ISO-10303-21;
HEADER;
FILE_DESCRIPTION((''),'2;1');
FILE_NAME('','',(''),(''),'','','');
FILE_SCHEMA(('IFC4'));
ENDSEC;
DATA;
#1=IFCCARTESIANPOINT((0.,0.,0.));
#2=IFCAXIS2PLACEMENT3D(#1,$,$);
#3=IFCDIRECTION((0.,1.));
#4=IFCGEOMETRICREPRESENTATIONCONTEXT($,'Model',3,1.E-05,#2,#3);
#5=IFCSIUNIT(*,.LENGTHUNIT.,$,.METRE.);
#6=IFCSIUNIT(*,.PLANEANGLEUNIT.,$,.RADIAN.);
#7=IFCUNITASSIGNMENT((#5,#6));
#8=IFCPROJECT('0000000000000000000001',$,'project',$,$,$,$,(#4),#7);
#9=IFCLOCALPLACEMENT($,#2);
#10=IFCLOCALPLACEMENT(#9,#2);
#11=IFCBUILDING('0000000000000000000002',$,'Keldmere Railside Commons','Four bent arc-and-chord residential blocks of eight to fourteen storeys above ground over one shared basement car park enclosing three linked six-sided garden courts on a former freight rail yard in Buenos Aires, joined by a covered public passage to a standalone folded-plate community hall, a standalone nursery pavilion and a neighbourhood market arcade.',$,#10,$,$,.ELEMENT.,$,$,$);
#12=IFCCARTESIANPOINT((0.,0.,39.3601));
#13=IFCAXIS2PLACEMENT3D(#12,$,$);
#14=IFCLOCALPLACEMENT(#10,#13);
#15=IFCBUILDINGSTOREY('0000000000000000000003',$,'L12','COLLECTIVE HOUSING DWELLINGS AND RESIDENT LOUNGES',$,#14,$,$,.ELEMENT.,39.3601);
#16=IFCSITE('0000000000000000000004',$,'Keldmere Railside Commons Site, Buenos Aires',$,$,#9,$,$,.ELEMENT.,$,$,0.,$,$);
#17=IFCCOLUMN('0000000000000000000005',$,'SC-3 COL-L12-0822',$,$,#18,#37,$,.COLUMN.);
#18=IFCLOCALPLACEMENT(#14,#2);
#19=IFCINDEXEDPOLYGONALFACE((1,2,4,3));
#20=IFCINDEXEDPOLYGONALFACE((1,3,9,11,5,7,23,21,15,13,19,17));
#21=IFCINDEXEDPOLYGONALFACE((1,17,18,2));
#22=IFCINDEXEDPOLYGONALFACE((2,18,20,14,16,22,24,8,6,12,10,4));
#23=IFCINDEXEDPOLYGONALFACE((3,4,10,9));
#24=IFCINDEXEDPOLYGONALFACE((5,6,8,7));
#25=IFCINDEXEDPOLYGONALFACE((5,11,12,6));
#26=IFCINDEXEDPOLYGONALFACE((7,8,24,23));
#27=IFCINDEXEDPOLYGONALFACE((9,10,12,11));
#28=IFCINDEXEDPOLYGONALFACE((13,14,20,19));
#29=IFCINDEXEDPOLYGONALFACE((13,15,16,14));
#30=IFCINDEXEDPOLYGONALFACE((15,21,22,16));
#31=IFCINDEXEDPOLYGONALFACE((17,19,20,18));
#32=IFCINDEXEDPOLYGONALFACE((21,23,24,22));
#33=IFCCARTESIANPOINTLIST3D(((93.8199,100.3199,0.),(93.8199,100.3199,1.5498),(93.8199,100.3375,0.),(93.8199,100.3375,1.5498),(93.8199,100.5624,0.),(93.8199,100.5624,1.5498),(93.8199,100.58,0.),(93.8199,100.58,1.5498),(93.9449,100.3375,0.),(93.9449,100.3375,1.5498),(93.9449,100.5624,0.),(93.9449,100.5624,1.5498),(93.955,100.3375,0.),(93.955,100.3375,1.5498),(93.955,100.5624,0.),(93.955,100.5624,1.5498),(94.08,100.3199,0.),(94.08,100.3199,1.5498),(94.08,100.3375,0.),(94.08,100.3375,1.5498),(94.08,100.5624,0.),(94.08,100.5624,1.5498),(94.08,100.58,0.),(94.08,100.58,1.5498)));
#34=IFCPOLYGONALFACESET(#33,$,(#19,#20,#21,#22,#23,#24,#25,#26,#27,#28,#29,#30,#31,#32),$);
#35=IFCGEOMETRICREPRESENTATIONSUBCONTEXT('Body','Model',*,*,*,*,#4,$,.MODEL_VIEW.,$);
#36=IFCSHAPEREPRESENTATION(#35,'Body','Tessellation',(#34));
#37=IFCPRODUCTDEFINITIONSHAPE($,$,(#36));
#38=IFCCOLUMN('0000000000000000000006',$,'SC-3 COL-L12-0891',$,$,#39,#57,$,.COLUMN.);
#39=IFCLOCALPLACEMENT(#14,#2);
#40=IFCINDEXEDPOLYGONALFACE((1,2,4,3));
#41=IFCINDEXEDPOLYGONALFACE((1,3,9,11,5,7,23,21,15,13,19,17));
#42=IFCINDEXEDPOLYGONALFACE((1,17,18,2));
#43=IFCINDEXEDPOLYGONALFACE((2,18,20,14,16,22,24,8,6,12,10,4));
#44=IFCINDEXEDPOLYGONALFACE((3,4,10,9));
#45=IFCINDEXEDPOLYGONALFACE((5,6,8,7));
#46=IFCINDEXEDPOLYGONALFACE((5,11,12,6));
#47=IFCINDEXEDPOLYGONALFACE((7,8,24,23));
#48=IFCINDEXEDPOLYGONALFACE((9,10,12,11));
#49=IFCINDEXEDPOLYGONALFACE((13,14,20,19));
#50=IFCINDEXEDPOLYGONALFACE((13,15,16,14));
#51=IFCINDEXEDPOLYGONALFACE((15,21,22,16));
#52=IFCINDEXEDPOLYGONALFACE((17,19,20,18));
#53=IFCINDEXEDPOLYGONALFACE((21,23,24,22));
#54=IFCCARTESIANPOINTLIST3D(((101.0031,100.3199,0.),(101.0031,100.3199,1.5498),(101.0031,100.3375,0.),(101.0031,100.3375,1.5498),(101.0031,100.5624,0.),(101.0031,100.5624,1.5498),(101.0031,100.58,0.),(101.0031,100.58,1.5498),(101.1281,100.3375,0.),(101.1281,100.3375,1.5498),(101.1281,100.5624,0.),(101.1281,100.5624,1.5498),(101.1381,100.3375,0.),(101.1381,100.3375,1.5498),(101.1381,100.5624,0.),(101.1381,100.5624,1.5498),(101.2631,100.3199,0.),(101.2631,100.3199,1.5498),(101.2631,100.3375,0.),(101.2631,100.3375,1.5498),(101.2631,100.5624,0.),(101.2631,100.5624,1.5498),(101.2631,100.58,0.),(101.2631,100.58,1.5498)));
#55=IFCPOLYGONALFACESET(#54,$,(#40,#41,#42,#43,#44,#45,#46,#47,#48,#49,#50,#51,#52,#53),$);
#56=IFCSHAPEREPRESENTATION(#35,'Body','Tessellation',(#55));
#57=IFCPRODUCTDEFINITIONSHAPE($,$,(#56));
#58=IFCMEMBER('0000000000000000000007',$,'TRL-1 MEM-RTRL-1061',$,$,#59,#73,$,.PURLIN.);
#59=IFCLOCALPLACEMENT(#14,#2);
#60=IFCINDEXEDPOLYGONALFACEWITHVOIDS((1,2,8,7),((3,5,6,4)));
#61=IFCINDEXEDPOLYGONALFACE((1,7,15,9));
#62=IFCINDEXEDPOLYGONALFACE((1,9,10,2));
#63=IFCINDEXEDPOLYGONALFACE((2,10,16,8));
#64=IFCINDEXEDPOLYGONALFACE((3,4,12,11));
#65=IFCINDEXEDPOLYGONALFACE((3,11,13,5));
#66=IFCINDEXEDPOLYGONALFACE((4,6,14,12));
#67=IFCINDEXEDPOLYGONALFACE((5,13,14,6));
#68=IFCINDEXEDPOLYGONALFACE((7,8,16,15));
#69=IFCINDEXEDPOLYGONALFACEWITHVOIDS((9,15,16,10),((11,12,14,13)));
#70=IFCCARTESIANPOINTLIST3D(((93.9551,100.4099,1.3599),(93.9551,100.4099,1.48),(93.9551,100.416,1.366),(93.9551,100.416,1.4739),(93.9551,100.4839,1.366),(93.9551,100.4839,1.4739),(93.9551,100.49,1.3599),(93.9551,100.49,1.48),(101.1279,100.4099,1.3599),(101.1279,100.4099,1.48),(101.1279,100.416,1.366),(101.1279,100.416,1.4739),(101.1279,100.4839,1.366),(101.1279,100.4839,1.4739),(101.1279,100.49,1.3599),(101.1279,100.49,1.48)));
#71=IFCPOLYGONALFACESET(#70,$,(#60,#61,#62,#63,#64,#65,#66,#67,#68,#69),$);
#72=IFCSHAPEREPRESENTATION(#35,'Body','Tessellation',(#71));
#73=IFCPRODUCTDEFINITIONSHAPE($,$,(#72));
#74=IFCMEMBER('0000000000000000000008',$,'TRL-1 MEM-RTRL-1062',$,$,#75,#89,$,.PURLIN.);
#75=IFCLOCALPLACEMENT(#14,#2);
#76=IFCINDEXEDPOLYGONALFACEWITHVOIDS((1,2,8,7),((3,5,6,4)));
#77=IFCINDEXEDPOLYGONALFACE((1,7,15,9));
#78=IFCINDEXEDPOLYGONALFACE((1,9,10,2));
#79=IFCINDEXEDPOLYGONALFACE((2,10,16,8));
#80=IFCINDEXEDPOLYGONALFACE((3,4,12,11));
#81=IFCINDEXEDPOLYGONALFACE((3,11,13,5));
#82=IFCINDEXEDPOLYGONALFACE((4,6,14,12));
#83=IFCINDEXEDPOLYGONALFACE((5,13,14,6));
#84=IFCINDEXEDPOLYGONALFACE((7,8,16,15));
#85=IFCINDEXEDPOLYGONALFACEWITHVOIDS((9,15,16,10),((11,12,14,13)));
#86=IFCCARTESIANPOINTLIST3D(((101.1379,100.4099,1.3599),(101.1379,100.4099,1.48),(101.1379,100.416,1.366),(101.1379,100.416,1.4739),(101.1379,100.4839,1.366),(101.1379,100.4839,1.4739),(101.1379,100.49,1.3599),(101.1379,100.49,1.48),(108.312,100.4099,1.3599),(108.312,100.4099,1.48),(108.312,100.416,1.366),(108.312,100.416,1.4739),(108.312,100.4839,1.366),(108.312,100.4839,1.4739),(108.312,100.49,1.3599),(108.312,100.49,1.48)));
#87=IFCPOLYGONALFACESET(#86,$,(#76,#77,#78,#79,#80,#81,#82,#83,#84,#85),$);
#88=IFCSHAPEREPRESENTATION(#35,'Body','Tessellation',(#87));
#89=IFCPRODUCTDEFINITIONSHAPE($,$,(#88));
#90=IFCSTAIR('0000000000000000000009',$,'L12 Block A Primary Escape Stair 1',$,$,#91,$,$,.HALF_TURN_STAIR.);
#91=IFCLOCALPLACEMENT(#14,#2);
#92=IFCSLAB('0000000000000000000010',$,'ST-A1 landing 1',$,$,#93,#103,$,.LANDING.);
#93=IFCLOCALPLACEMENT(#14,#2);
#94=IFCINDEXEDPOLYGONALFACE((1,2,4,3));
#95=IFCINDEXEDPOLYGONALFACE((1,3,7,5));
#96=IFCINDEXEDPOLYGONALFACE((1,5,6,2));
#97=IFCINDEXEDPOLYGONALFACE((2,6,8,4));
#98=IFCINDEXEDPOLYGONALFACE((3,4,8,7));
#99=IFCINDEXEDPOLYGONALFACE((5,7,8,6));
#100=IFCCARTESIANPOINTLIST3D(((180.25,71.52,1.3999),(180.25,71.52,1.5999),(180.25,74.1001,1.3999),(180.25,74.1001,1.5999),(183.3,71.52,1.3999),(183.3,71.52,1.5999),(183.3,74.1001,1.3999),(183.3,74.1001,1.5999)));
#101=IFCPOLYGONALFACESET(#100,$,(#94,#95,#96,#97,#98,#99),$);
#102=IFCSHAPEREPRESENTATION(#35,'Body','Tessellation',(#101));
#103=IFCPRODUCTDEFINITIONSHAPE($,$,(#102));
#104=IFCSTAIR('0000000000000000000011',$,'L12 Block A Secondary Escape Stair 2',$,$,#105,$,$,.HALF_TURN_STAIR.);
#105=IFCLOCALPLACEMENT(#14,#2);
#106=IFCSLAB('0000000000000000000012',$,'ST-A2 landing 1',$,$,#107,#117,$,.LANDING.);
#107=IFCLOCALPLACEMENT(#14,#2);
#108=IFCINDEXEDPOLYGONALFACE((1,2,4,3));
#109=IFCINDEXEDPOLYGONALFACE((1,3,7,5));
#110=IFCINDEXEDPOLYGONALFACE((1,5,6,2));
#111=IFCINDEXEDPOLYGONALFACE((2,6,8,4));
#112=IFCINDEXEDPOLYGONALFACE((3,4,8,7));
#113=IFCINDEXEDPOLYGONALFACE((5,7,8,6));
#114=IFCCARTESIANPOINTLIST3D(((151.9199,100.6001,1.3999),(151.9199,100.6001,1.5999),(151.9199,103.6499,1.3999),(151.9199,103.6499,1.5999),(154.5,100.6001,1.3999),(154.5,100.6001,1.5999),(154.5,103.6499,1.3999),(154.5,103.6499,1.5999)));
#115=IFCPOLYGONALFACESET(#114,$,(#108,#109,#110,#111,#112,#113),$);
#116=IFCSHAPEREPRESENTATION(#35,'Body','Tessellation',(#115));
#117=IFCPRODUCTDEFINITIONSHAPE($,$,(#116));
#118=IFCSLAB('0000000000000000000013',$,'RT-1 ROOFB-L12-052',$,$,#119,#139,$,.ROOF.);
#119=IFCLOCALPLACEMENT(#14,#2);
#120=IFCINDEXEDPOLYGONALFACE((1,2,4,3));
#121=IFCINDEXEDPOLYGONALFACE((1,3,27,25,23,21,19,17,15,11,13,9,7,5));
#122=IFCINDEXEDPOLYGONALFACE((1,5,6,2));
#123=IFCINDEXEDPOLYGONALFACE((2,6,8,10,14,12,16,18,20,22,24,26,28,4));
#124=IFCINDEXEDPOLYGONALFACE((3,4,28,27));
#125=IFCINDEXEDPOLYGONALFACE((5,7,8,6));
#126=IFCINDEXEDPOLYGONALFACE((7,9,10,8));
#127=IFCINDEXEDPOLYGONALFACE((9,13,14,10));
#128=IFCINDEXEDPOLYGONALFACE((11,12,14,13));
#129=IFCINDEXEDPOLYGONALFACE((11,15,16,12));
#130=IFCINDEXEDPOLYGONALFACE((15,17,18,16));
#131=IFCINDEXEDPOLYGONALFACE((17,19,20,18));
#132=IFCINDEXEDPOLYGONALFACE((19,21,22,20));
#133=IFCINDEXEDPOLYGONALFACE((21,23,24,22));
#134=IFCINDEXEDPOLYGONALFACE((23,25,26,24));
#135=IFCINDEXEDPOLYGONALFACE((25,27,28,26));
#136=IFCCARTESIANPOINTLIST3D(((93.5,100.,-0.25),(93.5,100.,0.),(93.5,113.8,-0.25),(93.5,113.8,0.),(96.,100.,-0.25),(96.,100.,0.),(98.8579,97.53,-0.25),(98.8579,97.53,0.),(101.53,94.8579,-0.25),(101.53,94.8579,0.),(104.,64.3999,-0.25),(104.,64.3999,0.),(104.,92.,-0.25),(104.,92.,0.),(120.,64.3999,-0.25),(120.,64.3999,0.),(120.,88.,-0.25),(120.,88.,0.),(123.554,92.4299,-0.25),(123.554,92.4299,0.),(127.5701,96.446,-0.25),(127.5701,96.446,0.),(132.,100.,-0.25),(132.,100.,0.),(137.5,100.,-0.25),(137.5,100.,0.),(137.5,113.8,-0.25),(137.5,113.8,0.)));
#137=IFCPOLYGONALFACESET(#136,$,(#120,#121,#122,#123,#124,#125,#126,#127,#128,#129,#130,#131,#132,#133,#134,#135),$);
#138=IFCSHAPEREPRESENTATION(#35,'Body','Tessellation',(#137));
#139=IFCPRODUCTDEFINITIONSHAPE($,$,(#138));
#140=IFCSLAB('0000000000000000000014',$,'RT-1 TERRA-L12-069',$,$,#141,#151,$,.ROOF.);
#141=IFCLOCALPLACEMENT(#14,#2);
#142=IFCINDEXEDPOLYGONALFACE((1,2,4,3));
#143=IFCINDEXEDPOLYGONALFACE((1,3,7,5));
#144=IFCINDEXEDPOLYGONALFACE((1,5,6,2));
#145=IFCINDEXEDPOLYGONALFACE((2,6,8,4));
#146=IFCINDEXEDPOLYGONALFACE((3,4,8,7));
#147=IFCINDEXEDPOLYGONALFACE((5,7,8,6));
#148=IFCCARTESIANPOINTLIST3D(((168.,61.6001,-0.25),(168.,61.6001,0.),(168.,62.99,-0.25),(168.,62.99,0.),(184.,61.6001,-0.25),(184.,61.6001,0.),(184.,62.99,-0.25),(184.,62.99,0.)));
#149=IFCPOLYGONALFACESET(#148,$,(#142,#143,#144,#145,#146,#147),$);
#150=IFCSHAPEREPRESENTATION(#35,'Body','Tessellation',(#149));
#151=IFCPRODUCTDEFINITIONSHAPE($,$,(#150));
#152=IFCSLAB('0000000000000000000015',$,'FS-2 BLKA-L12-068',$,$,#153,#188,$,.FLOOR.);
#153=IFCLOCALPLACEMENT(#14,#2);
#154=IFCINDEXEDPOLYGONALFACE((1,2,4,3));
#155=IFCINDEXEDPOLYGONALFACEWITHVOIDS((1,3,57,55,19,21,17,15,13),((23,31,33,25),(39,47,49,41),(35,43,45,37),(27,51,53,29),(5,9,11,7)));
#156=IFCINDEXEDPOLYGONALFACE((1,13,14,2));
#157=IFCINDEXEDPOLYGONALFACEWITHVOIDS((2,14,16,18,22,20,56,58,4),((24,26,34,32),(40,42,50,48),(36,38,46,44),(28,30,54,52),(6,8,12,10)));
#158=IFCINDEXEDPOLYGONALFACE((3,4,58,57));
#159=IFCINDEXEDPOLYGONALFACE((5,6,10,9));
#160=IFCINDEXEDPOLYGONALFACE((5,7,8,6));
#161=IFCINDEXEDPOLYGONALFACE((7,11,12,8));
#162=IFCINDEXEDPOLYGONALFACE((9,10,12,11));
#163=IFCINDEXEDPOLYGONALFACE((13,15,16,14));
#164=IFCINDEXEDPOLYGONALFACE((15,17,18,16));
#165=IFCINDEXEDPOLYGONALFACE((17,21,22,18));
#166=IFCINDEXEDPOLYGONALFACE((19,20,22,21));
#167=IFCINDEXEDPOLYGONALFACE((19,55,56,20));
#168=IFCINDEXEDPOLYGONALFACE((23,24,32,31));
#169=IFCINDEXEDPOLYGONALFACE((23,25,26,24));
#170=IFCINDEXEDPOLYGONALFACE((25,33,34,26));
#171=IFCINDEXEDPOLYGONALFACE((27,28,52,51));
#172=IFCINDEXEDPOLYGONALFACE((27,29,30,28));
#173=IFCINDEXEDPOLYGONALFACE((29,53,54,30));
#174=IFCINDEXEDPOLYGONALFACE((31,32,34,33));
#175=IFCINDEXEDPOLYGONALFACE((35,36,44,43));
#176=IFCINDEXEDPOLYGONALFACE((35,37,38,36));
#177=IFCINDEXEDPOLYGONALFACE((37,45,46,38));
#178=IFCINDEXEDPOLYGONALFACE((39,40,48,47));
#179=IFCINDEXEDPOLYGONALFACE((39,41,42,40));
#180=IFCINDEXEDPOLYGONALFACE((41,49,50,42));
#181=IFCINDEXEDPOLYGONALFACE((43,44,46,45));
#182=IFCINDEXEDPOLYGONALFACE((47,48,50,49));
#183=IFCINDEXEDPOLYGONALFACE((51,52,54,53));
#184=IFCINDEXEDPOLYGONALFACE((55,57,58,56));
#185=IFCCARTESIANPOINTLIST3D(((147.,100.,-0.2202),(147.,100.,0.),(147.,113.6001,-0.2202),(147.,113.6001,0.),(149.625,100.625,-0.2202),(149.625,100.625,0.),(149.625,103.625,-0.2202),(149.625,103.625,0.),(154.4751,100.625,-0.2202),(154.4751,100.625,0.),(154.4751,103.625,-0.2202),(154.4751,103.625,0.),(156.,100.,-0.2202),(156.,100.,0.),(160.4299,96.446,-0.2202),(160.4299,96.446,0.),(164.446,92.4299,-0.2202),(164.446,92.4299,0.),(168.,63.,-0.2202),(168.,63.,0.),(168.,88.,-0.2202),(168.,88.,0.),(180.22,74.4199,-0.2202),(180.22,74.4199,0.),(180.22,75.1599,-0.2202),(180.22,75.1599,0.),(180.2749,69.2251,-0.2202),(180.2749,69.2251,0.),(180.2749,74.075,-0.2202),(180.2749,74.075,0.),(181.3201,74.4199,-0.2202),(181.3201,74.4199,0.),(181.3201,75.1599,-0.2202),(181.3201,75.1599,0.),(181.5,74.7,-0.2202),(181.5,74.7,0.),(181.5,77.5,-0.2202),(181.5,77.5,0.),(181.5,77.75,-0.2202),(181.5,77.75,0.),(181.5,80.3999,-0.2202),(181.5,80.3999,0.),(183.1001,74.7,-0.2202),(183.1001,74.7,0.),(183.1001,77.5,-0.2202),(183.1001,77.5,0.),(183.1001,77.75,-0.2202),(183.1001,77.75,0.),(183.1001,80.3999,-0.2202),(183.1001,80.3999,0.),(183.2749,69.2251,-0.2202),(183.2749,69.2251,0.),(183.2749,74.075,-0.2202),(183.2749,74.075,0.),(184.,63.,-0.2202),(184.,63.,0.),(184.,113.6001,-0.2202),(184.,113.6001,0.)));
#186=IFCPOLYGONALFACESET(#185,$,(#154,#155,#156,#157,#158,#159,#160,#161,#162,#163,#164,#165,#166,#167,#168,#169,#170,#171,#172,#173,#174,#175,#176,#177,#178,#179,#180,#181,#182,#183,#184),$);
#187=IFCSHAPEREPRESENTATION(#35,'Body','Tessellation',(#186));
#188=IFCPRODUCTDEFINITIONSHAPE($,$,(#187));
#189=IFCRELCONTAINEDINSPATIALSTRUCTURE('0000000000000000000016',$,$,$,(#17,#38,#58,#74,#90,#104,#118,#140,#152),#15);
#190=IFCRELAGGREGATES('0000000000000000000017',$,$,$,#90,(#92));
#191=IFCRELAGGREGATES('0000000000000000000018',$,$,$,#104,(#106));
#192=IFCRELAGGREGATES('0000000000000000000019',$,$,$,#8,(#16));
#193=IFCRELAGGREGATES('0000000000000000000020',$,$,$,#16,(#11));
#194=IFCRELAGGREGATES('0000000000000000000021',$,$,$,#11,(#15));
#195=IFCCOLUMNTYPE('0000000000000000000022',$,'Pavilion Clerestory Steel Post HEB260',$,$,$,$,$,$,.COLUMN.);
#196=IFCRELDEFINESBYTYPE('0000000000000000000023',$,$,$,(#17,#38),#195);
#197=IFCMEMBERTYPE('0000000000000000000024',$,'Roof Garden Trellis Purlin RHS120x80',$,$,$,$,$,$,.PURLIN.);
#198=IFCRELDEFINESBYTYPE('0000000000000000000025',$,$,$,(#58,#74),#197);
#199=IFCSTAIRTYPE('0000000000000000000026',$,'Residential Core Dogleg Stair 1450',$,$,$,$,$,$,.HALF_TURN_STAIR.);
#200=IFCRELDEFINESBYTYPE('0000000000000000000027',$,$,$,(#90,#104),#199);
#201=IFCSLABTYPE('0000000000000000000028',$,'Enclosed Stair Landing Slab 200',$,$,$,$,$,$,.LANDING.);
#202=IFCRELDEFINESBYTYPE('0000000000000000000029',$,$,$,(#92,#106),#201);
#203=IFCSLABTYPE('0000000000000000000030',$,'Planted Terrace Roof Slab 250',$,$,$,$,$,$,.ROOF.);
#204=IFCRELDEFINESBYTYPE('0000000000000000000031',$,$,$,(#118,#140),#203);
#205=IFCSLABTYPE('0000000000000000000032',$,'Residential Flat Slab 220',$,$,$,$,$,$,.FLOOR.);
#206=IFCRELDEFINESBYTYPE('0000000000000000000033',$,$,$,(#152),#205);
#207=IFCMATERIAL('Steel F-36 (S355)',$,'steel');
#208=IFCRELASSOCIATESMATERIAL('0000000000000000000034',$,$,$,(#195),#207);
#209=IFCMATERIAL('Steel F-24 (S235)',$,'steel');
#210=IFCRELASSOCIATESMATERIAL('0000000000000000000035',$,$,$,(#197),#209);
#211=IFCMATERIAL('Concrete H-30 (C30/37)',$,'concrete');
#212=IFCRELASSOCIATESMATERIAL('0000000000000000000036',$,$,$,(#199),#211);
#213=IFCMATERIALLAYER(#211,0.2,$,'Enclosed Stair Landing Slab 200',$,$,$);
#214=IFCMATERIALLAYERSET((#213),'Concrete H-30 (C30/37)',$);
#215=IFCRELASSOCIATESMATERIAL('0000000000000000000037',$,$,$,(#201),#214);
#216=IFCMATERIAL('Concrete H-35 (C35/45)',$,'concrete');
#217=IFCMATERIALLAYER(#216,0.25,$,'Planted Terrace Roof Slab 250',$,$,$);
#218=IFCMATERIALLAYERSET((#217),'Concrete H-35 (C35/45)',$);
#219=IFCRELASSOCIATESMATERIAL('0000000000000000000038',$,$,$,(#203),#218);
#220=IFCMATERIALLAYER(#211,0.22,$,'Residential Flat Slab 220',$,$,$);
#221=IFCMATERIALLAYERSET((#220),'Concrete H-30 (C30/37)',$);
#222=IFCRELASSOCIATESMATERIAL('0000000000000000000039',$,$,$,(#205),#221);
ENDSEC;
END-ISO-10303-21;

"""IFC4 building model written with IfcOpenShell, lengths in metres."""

from ifc_helpers import new_model, si_unit, direction, frame, origin, origin_2d, place, context, subcontext, project, spatial, polyline, hollow_rectangle, i_section, outline, extrude, material, layer, layer_set, material_profile, profile_set, type_object, element, aggregate, save


model = new_model("IFC4")

# Units and contexts
model_context = context("Model", 3, precision=1e-05, world=origin(), true_north=direction((0.0, 1.0)))
body_context = subcontext(model_context, "Body", "Model", "MODEL_VIEW")
ifc_project = project(units=[si_unit("LENGTHUNIT", "METRE"), si_unit("PLANEANGLEUNIT", "RADIAN")], contexts=[model_context])

# Site, building, storey
site_placement = place(None, origin())
site = spatial("IfcSite", under=ifc_project, at=site_placement, Name="Keldmere Railside Commons Site, Buenos Aires", CompositionType="ELEMENT", RefElevation=0.0)
building_placement = place(site_placement, origin())
building = spatial("IfcBuilding", under=site, at=building_placement, Name="Keldmere Railside Commons", Description="Four bent arc-and-chord residential blocks of eight to fourteen storeys above ground over one shared basement car park enclosing three linked six-sided garden courts on a former freight rail yard in Buenos Aires, joined by a covered public passage to a standalone folded-plate community hall, a standalone nursery pavilion and a neighbourhood market arcade.", CompositionType="ELEMENT")
storey_placement = place(building_placement, frame((0.0, 0.0, 39.3601)))
storey = spatial("IfcBuildingStorey", under=building, at=storey_placement, Name="L12", Description="COLLECTIVE HOUSING DWELLINGS AND RESIDENT LOUNGES", CompositionType="ELEMENT", Elevation=39.3601)

# Columns
ifc_material_1 = material(Name="Steel F-36 (S355)", Category="steel")
ifc_material_profile_1 = material_profile(ifc_material_1, i_section(OverallWidth=0.26, OverallDepth=0.26, WebThickness=0.01, FlangeThickness=0.0176, at=origin_2d()), Name="HEB-260")
ifc_profile_set_1 = profile_set([ifc_material_profile_1], Name="Steel F-36 (S355)")
column_type = type_object("IfcColumnType", Name="Pavilion Clerestory Steel Post HEB260", PredefinedType="COLUMN", material=ifc_profile_set_1)
for number, where, z_axis, x_axis, name in (
    (1, (93.95, 100.45, 0.0), (0.0, 0.0, 1.0), (1.0, 0.0, 0.0), "SC-3 COL-L12-0822"),
    (2, (101.1331, 100.45, 0.0), (0.0, 0.0, 1.0), (1.0, 0.0, 0.0), "SC-3 COL-L12-0891"),
):
    element("IfcColumn", number, at=place(storey_placement, frame(where, z_axis=z_axis, x_axis=x_axis)), inside=storey, type_object=column_type, Name=name, PredefinedType="COLUMN", context=body_context, shape_type="SweptSolid", body=[
        extrude(i_section(OverallWidth=0.26, OverallDepth=0.26, WebThickness=0.01, FlangeThickness=0.0176, at=origin_2d()), origin(), (0.0, 0.0, 1.0), 1.5498),
    ])

# Members
ifc_material_2 = material(Name="Steel F-24 (S235)", Category="steel")
ifc_material_profile_2 = material_profile(ifc_material_2, hollow_rectangle(XDim=0.0801, YDim=0.1201, WallThickness=0.0061, at=origin_2d()), Name="RHS-120x80x6")
ifc_profile_set_2 = profile_set([ifc_material_profile_2], Name="Steel F-24 (S235)")
member_type = type_object("IfcMemberType", Name="Roof Garden Trellis Purlin RHS120x80", PredefinedType="PURLIN", material=ifc_profile_set_2)
member_1_placement = place(storey_placement, frame((93.9551, 100.45, 1.4199), z_axis=(1.0, 0.0, 0.0), x_axis=(0.0, 1.0, 0.0)))
element("IfcMember", 3, at=member_1_placement, inside=storey, type_object=member_type, Name="TRL-1 MEM-RTRL-1061", PredefinedType="PURLIN", context=body_context, shape_type="SweptSolid", body=[
    extrude(hollow_rectangle(XDim=0.0801, YDim=0.1201, WallThickness=0.0061, at=origin_2d()), origin(), (0.0, 0.0, 1.0), 7.1729),
])
member_2_placement = place(storey_placement, frame((101.1379, 100.45, 1.4199), z_axis=(1.0, 0.0, 0.0), x_axis=(0.0, 1.0, 0.0)))
element("IfcMember", 4, at=member_2_placement, inside=storey, type_object=member_type, Name="TRL-1 MEM-RTRL-1062", PredefinedType="PURLIN", context=body_context, shape_type="SweptSolid", body=[
    extrude(hollow_rectangle(XDim=0.0801, YDim=0.1201, WallThickness=0.0061, at=origin_2d()), origin(), (0.0, 0.0, 1.0), 7.1741),
])

# Stairs, slabs
ifc_material_3 = material(Name="Concrete H-30 (C30/37)", Category="concrete")
stair_type = type_object("IfcStairType", Name="Residential Core Dogleg Stair 1450", PredefinedType="HALF_TURN_STAIR", material=ifc_material_3)
stair_1_placement = place(storey_placement, origin())
stair_1 = element("IfcStair", 5, at=stair_1_placement, inside=storey, type_object=stair_type, Name="L12 Block A Primary Escape Stair 1", PredefinedType="HALF_TURN_STAIR")
ifc_layer_1 = layer(ifc_material_3, 0.2, Name="Enclosed Stair Landing Slab 200")
ifc_layer_set_1 = layer_set([ifc_layer_1], Name="Concrete H-30 (C30/37)")
slab_type_1 = type_object("IfcSlabType", Name="Enclosed Stair Landing Slab 200", PredefinedType="LANDING", material=ifc_layer_set_1)
slab_1_placement = place(storey_placement, frame((0.0, 0.0, 1.3999)))
slab_1 = element("IfcSlab", 6, at=slab_1_placement, type_object=slab_type_1, Name="ST-A1 landing 1", PredefinedType="LANDING", context=body_context, shape_type="SweptSolid", body=[
    extrude(outline(polyline([(183.3, 71.52), (183.3, 74.1001), (180.25, 74.1001), (180.25, 71.52), (183.3, 71.52)])), origin(), (0.0, 0.0, 1.0), 0.2),
])
aggregate(stair_1, [slab_1])
stair_2_placement = place(storey_placement, origin())
stair_2 = element("IfcStair", 7, at=stair_2_placement, inside=storey, type_object=stair_type, Name="L12 Block A Secondary Escape Stair 2", PredefinedType="HALF_TURN_STAIR")
slab_2_placement = place(storey_placement, frame((0.0, 0.0, 1.3999)))
slab_2 = element("IfcSlab", 8, at=slab_2_placement, type_object=slab_type_1, Name="ST-A2 landing 1", PredefinedType="LANDING", context=body_context, shape_type="SweptSolid", body=[
    extrude(outline(polyline([(151.9199, 100.6001), (154.5, 100.6001), (154.5, 103.6499), (151.9199, 103.6499), (151.9199, 100.6001)])), origin(), (0.0, 0.0, 1.0), 0.2),
])
aggregate(stair_2, [slab_2])

# Slabs
ifc_material_4 = material(Name="Concrete H-35 (C35/45)", Category="concrete")
ifc_layer_2 = layer(ifc_material_4, 0.25, Name="Planted Terrace Roof Slab 250")
ifc_layer_set_2 = layer_set([ifc_layer_2], Name="Concrete H-35 (C35/45)")
slab_type_2 = type_object("IfcSlabType", Name="Planted Terrace Roof Slab 250", PredefinedType="ROOF", material=ifc_layer_set_2)
slab_3_placement = place(storey_placement, frame((0.0, 0.0, -0.25)))
element("IfcSlab", 9, at=slab_3_placement, inside=storey, type_object=slab_type_2, Name="RT-1 ROOFB-L12-052", PredefinedType="ROOF", context=body_context, shape_type="SweptSolid", body=[
    extrude(outline(polyline([(104.0, 64.3999), (120.0, 64.3999), (120.0, 88.0), (123.554, 92.4299), (127.5701, 96.446), (132.0, 100.0), (137.5, 100.0), (137.5, 113.8), (93.5, 113.8), (93.5, 100.0), (96.0, 100.0), (98.8579, 97.53), (101.53, 94.8579), (104.0, 92.0), (104.0, 64.3999)])), origin(), (0.0, 0.0, 1.0), 0.25),
])
slab_4_placement = place(storey_placement, frame((0.0, 0.0, -0.25)))
element("IfcSlab", 10, at=slab_4_placement, inside=storey, type_object=slab_type_2, Name="RT-1 TERRA-L12-069", PredefinedType="ROOF", context=body_context, shape_type="SweptSolid", body=[
    extrude(outline(polyline([(184.0, 61.6001), (184.0, 62.99), (168.0, 62.99), (168.0, 61.6001), (184.0, 61.6001)])), origin(), (0.0, 0.0, 1.0), 0.25),
])
ifc_layer_3 = layer(ifc_material_3, 0.22, Name="Residential Flat Slab 220")
ifc_layer_set_3 = layer_set([ifc_layer_3], Name="Concrete H-30 (C30/37)")
slab_type_3 = type_object("IfcSlabType", Name="Residential Flat Slab 220", PredefinedType="FLOOR", material=ifc_layer_set_3)
slab_5_placement = place(storey_placement, frame((0.0, 0.0, -0.2202)))
element("IfcSlab", 11, at=slab_5_placement, inside=storey, type_object=slab_type_3, Name="FS-2 BLKA-L12-068", PredefinedType="FLOOR", context=body_context, shape_type="SweptSolid", body=[
    extrude(outline(polyline([(168.0, 63.0), (184.0, 63.0), (184.0, 113.6001), (147.0, 113.6001), (147.0, 100.0), (156.0, 100.0), (160.4299, 96.446), (164.446, 92.4299), (168.0, 88.0), (168.0, 63.0)]), holes=[polyline([(180.2749, 74.075), (183.2749, 74.075), (183.2749, 69.2251), (180.2749, 69.2251), (180.2749, 74.075)]), polyline([(180.22, 75.1599), (181.3201, 75.1599), (181.3201, 74.4199), (180.22, 74.4199), (180.22, 75.1599)]), polyline([(181.5, 77.5), (183.1001, 77.5), (183.1001, 74.7), (181.5, 74.7), (181.5, 77.5)]), polyline([(183.1001, 80.3999), (183.1001, 77.75), (181.5, 77.75), (181.5, 80.3999), (183.1001, 80.3999)]), polyline([(154.4751, 100.625), (149.625, 100.625), (149.625, 103.625), (154.4751, 103.625), (154.4751, 100.625)])]), origin(), (0.0, 0.0, 1.0), 0.2202),
])

save(model, "model.ifc")
